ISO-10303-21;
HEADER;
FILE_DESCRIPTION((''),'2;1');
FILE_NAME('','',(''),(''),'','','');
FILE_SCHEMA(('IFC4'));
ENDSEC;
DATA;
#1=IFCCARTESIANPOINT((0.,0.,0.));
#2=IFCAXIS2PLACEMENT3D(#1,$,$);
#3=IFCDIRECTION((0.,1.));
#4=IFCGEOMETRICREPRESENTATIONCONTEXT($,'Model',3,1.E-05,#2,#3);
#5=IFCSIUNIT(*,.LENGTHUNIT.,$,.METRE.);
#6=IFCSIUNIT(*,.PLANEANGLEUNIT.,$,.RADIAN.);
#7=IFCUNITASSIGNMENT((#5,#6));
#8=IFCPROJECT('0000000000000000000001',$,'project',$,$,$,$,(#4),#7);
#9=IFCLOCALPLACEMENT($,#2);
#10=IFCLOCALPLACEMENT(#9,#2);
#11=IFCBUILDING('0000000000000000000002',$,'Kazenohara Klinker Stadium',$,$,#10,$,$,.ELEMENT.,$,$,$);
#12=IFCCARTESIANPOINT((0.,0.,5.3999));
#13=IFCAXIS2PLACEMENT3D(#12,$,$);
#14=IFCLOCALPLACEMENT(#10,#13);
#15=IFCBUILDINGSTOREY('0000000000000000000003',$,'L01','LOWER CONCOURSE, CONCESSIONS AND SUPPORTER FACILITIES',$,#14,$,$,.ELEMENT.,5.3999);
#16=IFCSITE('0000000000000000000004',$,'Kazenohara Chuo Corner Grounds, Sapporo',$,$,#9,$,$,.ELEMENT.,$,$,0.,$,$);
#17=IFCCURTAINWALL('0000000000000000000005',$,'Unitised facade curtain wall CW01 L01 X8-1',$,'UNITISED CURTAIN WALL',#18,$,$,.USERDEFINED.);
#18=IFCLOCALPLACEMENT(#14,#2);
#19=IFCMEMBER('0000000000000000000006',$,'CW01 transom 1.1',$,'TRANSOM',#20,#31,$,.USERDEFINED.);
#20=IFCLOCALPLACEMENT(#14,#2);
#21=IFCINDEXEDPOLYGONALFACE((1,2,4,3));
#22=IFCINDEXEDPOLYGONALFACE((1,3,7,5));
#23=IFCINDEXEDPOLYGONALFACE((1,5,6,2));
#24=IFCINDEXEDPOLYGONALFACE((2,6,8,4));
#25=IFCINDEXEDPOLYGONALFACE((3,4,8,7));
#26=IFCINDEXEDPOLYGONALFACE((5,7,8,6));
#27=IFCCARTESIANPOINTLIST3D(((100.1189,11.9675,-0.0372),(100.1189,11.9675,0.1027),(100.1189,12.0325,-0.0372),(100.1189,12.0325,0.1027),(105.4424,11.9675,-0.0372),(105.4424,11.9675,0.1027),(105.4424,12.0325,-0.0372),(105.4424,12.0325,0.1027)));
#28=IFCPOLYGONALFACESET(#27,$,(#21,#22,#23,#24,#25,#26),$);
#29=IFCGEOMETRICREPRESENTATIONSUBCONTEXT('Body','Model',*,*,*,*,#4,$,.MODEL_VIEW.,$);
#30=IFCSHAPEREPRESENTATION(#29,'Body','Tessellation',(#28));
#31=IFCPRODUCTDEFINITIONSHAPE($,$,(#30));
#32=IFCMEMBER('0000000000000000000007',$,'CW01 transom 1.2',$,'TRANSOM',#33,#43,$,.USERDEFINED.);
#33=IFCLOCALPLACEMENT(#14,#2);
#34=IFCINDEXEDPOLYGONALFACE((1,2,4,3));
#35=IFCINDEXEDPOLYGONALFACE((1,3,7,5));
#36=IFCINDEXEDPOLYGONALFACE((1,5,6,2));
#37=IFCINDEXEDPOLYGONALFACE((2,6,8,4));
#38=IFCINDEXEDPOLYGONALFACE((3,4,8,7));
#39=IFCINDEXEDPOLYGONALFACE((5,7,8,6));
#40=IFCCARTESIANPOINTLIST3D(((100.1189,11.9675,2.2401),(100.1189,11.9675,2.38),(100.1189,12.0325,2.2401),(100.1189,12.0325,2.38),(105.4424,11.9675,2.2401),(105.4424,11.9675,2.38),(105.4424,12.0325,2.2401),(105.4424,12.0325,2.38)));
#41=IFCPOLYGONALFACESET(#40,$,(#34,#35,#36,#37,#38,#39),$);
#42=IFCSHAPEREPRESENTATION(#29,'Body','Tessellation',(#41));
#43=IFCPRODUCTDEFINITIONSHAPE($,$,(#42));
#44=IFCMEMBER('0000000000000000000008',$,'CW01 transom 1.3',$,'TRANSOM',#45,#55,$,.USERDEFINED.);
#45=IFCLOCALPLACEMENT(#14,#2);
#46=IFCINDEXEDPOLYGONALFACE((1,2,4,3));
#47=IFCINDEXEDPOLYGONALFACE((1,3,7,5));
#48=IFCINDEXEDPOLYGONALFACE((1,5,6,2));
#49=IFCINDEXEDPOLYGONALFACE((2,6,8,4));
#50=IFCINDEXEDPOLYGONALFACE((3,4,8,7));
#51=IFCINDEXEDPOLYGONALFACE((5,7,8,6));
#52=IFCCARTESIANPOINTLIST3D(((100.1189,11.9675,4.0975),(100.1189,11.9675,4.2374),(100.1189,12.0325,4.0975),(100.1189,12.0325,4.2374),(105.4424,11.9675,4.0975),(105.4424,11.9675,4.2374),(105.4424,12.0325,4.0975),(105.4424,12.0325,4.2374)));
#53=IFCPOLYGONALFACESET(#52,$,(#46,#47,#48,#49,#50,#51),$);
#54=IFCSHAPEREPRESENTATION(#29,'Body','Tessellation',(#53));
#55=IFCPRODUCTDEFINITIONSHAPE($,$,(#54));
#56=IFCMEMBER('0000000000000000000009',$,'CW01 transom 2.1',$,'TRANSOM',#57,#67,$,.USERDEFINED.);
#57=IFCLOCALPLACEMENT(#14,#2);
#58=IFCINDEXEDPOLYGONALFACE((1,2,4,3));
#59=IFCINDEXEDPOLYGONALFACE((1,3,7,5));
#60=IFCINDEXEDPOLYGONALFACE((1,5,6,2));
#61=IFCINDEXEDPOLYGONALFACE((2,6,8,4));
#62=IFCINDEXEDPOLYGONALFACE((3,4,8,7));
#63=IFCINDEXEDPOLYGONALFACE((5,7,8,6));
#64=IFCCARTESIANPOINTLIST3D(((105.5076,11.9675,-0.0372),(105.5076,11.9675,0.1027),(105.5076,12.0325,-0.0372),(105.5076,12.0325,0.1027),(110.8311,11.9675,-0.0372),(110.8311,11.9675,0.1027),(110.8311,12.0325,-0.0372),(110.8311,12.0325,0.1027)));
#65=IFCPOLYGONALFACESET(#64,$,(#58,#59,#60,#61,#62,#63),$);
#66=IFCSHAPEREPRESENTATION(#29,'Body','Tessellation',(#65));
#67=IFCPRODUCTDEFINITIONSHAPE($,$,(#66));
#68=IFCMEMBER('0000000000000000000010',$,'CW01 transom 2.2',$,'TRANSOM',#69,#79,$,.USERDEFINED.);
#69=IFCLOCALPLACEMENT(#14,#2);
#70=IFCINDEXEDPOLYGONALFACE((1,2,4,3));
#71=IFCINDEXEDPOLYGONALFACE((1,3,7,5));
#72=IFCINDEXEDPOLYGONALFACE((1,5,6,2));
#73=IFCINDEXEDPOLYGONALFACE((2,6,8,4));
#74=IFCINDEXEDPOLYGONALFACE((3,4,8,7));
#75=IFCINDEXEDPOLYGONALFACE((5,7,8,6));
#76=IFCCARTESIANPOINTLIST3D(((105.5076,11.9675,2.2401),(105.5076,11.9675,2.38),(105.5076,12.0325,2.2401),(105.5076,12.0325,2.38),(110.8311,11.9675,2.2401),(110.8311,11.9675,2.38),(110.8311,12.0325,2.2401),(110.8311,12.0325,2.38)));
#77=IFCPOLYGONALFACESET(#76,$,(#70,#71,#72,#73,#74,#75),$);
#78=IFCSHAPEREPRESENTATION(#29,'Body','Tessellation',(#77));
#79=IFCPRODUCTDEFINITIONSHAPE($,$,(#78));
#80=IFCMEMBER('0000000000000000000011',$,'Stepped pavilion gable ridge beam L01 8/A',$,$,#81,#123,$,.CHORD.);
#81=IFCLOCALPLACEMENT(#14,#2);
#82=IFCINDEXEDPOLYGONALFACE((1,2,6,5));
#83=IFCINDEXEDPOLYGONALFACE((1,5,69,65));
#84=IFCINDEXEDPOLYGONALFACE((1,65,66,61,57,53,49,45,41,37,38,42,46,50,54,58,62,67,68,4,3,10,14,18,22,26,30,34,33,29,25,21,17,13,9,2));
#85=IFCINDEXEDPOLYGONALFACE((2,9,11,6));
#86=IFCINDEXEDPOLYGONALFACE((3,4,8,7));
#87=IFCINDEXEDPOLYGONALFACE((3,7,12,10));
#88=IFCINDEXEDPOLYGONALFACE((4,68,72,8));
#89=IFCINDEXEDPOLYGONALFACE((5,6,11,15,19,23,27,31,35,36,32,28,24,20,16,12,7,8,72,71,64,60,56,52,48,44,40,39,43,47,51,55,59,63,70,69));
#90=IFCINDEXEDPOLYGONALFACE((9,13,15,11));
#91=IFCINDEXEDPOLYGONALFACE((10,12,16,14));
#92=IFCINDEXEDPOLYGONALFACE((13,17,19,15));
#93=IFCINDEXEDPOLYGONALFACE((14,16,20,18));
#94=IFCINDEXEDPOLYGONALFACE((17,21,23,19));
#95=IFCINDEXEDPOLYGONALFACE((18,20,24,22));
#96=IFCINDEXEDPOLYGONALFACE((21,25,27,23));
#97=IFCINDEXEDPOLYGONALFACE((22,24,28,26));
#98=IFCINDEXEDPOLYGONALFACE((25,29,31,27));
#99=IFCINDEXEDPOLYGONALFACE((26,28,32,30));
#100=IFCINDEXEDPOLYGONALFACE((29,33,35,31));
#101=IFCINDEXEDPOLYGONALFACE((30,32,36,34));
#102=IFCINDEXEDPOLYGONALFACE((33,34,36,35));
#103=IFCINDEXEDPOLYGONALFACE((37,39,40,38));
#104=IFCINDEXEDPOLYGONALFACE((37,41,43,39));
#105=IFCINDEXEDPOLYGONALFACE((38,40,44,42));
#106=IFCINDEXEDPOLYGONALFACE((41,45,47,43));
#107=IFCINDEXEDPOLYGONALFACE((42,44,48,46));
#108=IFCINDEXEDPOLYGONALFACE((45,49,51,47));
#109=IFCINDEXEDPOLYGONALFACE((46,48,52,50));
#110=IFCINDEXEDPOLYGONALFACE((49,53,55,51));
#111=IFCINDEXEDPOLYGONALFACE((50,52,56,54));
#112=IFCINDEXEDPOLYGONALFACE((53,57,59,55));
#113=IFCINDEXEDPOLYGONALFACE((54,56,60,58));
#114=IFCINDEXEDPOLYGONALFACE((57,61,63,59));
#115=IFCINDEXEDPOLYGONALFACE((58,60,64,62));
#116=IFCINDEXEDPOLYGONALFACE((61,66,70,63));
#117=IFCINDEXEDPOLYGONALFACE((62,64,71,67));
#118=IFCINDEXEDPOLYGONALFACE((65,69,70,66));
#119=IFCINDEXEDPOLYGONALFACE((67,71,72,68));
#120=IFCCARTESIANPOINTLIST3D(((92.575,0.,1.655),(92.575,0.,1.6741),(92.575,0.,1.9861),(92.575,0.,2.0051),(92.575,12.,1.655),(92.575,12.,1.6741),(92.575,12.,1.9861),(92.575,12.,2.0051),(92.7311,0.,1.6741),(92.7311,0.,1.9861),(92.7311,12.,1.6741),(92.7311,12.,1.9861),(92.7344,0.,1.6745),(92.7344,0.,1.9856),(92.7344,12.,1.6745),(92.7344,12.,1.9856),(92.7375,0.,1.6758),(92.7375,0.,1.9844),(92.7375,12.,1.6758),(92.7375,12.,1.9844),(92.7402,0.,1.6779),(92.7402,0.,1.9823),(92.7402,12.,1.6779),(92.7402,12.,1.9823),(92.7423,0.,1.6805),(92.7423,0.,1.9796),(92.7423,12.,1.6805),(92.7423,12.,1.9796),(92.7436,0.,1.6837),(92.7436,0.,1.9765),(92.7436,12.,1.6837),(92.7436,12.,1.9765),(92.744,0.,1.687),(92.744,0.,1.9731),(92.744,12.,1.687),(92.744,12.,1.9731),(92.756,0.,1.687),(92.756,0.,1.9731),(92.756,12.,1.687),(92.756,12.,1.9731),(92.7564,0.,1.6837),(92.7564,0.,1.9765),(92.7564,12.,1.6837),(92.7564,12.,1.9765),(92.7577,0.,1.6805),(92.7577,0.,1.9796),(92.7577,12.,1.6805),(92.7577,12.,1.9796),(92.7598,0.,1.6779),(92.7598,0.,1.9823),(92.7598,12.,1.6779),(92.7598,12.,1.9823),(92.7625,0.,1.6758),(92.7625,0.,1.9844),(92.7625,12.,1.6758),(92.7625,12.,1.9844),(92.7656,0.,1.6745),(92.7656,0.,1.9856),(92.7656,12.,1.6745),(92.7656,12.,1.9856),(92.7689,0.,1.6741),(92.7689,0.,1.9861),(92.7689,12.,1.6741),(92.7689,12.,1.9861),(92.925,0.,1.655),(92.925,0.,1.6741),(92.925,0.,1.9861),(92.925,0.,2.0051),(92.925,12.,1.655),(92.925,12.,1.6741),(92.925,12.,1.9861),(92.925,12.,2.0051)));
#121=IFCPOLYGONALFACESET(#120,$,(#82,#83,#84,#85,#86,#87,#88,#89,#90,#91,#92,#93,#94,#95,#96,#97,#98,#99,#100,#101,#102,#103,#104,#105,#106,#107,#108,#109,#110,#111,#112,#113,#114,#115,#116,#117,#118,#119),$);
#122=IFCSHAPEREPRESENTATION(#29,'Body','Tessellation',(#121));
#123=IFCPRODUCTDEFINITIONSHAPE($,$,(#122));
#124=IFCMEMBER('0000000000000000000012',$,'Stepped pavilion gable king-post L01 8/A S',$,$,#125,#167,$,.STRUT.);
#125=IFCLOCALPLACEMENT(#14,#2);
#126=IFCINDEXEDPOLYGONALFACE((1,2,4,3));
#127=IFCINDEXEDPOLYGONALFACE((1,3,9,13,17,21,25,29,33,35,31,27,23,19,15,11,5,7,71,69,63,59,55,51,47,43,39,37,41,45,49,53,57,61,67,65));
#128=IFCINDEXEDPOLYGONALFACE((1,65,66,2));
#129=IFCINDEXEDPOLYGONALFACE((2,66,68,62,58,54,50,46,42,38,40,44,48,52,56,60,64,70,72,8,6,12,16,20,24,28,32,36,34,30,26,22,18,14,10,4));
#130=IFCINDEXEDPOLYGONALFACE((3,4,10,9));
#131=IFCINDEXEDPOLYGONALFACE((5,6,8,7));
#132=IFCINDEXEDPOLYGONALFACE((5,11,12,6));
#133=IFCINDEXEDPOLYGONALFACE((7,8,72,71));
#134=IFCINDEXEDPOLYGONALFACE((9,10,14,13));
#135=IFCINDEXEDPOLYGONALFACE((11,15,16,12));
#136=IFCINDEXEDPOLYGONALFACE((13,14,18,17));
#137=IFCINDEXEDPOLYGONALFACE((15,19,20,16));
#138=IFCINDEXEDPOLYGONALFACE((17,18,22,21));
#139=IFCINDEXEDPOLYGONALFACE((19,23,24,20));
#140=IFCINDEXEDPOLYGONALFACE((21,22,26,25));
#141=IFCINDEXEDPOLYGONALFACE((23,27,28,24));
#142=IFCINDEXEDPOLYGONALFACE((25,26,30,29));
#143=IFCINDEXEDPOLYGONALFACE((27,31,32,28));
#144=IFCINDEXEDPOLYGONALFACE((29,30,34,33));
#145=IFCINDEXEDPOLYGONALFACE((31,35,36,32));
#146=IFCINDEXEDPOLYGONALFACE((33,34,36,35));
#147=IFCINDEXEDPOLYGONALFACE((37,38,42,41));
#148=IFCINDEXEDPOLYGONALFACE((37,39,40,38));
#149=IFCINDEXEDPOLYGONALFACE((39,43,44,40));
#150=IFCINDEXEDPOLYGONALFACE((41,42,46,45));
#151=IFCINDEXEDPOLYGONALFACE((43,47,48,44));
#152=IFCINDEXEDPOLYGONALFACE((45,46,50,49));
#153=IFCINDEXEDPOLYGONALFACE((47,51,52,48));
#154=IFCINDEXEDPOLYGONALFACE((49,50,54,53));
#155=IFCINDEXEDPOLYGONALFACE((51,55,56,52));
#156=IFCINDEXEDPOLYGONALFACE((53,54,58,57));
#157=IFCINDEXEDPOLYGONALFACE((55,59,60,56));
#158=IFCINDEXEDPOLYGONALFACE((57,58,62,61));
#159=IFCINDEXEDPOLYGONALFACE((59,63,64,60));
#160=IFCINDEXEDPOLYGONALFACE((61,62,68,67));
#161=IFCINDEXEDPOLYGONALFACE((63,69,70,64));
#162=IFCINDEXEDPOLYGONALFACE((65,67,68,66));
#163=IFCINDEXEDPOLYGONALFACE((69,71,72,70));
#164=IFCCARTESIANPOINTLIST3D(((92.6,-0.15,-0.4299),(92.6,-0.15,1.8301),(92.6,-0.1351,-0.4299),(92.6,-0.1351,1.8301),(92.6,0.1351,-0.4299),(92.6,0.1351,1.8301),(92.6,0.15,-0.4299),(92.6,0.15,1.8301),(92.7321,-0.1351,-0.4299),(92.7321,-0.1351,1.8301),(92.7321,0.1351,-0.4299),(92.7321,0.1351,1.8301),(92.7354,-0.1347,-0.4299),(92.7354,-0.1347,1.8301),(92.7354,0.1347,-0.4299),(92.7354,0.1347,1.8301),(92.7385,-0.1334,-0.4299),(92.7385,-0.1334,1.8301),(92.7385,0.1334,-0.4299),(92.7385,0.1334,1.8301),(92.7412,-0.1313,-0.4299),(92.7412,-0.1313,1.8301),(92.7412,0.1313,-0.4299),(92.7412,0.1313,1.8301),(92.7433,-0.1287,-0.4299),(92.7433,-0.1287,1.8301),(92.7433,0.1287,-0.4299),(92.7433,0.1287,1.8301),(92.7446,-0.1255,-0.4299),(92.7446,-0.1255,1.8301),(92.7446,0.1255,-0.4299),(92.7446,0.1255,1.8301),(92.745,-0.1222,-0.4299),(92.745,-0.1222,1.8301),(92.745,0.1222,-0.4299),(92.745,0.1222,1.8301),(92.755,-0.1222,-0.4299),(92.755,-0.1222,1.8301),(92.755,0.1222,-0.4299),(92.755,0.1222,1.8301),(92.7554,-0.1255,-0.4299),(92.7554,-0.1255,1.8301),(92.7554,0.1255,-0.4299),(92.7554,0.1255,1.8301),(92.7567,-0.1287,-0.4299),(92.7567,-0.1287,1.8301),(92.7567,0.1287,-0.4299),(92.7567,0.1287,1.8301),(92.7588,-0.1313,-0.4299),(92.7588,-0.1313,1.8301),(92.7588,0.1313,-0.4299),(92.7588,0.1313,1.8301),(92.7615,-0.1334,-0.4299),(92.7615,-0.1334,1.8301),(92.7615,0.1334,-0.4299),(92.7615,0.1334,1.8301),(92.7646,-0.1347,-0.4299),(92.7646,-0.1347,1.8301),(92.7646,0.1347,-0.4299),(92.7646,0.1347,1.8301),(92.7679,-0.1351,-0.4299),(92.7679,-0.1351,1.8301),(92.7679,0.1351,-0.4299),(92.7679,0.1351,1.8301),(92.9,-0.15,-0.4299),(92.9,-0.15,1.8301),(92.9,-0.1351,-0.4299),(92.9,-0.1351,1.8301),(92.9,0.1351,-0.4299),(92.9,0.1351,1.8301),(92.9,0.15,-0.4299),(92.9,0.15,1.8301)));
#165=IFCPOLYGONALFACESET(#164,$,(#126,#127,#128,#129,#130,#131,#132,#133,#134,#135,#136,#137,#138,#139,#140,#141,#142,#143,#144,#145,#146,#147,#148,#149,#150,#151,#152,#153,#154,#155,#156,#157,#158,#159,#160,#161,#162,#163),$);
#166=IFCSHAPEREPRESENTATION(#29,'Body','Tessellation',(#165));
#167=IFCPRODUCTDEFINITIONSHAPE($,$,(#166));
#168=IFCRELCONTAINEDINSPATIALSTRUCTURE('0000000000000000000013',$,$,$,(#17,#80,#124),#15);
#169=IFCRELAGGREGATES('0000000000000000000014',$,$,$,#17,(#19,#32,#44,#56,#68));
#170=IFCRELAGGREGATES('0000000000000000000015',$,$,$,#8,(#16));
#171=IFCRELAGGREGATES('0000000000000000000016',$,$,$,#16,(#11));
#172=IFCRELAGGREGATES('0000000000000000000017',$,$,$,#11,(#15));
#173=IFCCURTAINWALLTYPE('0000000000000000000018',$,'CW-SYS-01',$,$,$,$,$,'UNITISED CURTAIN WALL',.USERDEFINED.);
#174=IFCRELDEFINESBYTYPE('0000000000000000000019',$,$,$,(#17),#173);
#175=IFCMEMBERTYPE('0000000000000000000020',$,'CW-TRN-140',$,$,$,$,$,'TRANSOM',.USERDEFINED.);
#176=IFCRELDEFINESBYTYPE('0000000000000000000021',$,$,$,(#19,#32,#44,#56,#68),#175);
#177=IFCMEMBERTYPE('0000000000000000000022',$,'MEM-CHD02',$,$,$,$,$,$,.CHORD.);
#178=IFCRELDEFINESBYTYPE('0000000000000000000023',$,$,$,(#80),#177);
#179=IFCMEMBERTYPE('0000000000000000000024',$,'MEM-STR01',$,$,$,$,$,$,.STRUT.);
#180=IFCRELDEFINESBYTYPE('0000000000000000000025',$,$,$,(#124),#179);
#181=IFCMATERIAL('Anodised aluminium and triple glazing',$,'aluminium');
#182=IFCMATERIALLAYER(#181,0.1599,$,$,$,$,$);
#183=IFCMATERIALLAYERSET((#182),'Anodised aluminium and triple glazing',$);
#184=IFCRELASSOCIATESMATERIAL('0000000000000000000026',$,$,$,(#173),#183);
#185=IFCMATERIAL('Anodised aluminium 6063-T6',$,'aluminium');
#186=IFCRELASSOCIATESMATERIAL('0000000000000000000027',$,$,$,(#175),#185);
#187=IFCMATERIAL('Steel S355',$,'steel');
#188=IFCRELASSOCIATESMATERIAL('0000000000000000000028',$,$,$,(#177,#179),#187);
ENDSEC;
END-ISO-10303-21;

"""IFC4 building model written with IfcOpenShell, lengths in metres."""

from ifc_helpers import new_model, si_unit, direction, frame, origin, origin_2d, place, context, subcontext, project, spatial, rectangle, i_section, extrude, material, layer, layer_set, material_profile, profile_set, type_object, element, aggregate, save


model = new_model("IFC4")

# Units and contexts
model_context = context("Model", 3, precision=1e-05, world=origin(), true_north=direction((0.0, 1.0)))
body_context = subcontext(model_context, "Body", "Model", "MODEL_VIEW")
ifc_project = project(units=[si_unit("LENGTHUNIT", "METRE"), si_unit("PLANEANGLEUNIT", "RADIAN")], contexts=[model_context])

# Site, building, storey
site_placement = place(None, origin())
site = spatial("IfcSite", under=ifc_project, at=site_placement, Name="Kazenohara Chuo Corner Grounds, Sapporo", CompositionType="ELEMENT", RefElevation=0.0)
building_placement = place(site_placement, origin())
building = spatial("IfcBuilding", under=site, at=building_placement, Name="Kazenohara Klinker Stadium", CompositionType="ELEMENT")
storey_placement = place(building_placement, frame((0.0, 0.0, 5.3999)))
storey = spatial("IfcBuildingStorey", under=building, at=storey_placement, Name="L01", Description="LOWER CONCOURSE, CONCESSIONS AND SUPPORTER FACILITIES", CompositionType="ELEMENT", Elevation=5.3999)

# Shared definitions
ifc_material_1 = material(Name="Steel S355", Category="steel")

# Curtain wall
ifc_material_2 = material(Name="Anodised aluminium and triple glazing", Category="aluminium")
ifc_material_3 = material(Name="Anodised aluminium 6063-T6", Category="aluminium")
ifc_layer_1 = layer(ifc_material_2, 0.1599)
ifc_layer_set_1 = layer_set([ifc_layer_1], Name="Anodised aluminium and triple glazing")
curtain_wall_type_1 = type_object("IfcCurtainWallType", Name="CW-SYS-01", ElementType="UNITISED CURTAIN WALL", PredefinedType="USERDEFINED", material=ifc_layer_set_1)
curtain_wall_1_placement = place(storey_placement, origin())
curtain_wall_1 = element("IfcCurtainWall", 1, at=curtain_wall_1_placement, inside=storey, type_object=curtain_wall_type_1, Name="Unitised facade curtain wall CW01 L01 X8-1", ObjectType="UNITISED CURTAIN WALL", PredefinedType="USERDEFINED")

# Members
ifc_material_profile_1 = material_profile(ifc_material_3, rectangle(XDim=0.0649, YDim=0.1399, at=origin_2d()), Name="ALU-TRN-65x140")
ifc_profile_set_1 = profile_set([ifc_material_profile_1], Name="Anodised aluminium 6063-T6")
member_type_1 = type_object("IfcMemberType", Name="CW-TRN-140", ElementType="TRANSOM", PredefinedType="USERDEFINED", material=ifc_profile_set_1)
member_1_placement = place(storey_placement, frame((100.1189, 12.0, 0.0327), z_axis=(1.0, 0.0, 0.0), x_axis=(0.0, 1.0, 0.0)))
member_1 = element("IfcMember", 2, at=member_1_placement, type_object=member_type_1, Name="CW01 transom 1.1", ObjectType="TRANSOM", PredefinedType="USERDEFINED", context=body_context, shape_type="SweptSolid", body=[
    extrude(rectangle(XDim=0.0649, YDim=0.1399, at=origin_2d()), origin(), (0.0, 0.0, 1.0), 5.3235),
])
member_2_placement = place(storey_placement, frame((100.1189, 12.0, 2.3101), z_axis=(1.0, 0.0, 0.0), x_axis=(0.0, 1.0, 0.0)))
member_2 = element("IfcMember", 3, at=member_2_placement, type_object=member_type_1, Name="CW01 transom 1.2", ObjectType="TRANSOM", PredefinedType="USERDEFINED", context=body_context, shape_type="SweptSolid", body=[
    extrude(rectangle(XDim=0.0649, YDim=0.1399, at=origin_2d()), origin(), (0.0, 0.0, 1.0), 5.3235),
])
member_3_placement = place(storey_placement, frame((100.1189, 12.0, 4.1675), z_axis=(1.0, 0.0, 0.0), x_axis=(0.0, 1.0, 0.0)))
member_3 = element("IfcMember", 4, at=member_3_placement, type_object=member_type_1, Name="CW01 transom 1.3", ObjectType="TRANSOM", PredefinedType="USERDEFINED", context=body_context, shape_type="SweptSolid", body=[
    extrude(rectangle(XDim=0.0649, YDim=0.1399, at=origin_2d()), origin(), (0.0, 0.0, 1.0), 5.3235),
])
member_4_placement = place(storey_placement, frame((105.5076, 12.0, 0.0327), z_axis=(1.0, 0.0, 0.0), x_axis=(0.0, 1.0, 0.0)))
member_4 = element("IfcMember", 5, at=member_4_placement, type_object=member_type_1, Name="CW01 transom 2.1", ObjectType="TRANSOM", PredefinedType="USERDEFINED", context=body_context, shape_type="SweptSolid", body=[
    extrude(rectangle(XDim=0.0649, YDim=0.1399, at=origin_2d()), origin(), (0.0, 0.0, 1.0), 5.3235),
])
member_5_placement = place(storey_placement, frame((105.5076, 12.0, 2.3101), z_axis=(1.0, 0.0, 0.0), x_axis=(0.0, 1.0, 0.0)))
member_5 = element("IfcMember", 6, at=member_5_placement, type_object=member_type_1, Name="CW01 transom 2.2", ObjectType="TRANSOM", PredefinedType="USERDEFINED", context=body_context, shape_type="SweptSolid", body=[
    extrude(rectangle(XDim=0.0649, YDim=0.1399, at=origin_2d()), origin(), (0.0, 0.0, 1.0), 5.3235),
])

# Members
ifc_material_profile_2 = material_profile(ifc_material_1, i_section(OverallWidth=0.3501, OverallDepth=0.3501, WebThickness=0.012, FlangeThickness=0.019, FilletRadius=0.0129, at=origin_2d()), Name="H-350x350x12x19")
ifc_profile_set_2 = profile_set([ifc_material_profile_2], Name="Steel S355")
member_type_2 = type_object("IfcMemberType", Name="MEM-CHD02", PredefinedType="CHORD", material=ifc_profile_set_2)
member_6_placement = place(storey_placement, frame((92.75, 0.0, 1.8301), z_axis=(0.0, 1.0, 0.0), x_axis=(-1.0, 0.0, 0.0)))
element("IfcMember", 7, at=member_6_placement, inside=storey, type_object=member_type_2, Name="Stepped pavilion gable ridge beam L01 8/A", PredefinedType="CHORD", context=body_context, shape_type="SweptSolid", body=[
    extrude(i_section(OverallWidth=0.3501, OverallDepth=0.3501, WebThickness=0.012, FlangeThickness=0.019, FilletRadius=0.0129, at=origin_2d()), origin(), (0.0, 0.0, 1.0), 12.0),
])
ifc_material_profile_3 = material_profile(ifc_material_1, i_section(OverallWidth=0.3, OverallDepth=0.3, WebThickness=0.01, FlangeThickness=0.0149, FilletRadius=0.0129, at=origin_2d()), Name="H-300x300x10x15")
ifc_profile_set_3 = profile_set([ifc_material_profile_3], Name="Steel S355")
member_type_3 = type_object("IfcMemberType", Name="MEM-STR01", PredefinedType="STRUT", material=ifc_profile_set_3)
for number, where, z_axis, x_axis, name in (
    (8, (92.75, 0.0, -0.4299), (0.0, 0.0, 1.0), (1.0, 0.0, 0.0), "Stepped pavilion gable king-post L01 8/A S"),
):
    element("IfcMember", number, at=place(storey_placement, frame(where, z_axis=z_axis, x_axis=x_axis)), inside=storey, type_object=member_type_3, Name=name, PredefinedType="STRUT", context=body_context, shape_type="SweptSolid", body=[
        extrude(i_section(OverallWidth=0.3, OverallDepth=0.3, WebThickness=0.01, FlangeThickness=0.0149, FilletRadius=0.0129, at=origin_2d()), origin(), (0.0, 0.0, 1.0), 2.26),
    ])

aggregate(curtain_wall_1, [member_1, member_2, member_3, member_4, member_5])

save(model, "model.ifc")
